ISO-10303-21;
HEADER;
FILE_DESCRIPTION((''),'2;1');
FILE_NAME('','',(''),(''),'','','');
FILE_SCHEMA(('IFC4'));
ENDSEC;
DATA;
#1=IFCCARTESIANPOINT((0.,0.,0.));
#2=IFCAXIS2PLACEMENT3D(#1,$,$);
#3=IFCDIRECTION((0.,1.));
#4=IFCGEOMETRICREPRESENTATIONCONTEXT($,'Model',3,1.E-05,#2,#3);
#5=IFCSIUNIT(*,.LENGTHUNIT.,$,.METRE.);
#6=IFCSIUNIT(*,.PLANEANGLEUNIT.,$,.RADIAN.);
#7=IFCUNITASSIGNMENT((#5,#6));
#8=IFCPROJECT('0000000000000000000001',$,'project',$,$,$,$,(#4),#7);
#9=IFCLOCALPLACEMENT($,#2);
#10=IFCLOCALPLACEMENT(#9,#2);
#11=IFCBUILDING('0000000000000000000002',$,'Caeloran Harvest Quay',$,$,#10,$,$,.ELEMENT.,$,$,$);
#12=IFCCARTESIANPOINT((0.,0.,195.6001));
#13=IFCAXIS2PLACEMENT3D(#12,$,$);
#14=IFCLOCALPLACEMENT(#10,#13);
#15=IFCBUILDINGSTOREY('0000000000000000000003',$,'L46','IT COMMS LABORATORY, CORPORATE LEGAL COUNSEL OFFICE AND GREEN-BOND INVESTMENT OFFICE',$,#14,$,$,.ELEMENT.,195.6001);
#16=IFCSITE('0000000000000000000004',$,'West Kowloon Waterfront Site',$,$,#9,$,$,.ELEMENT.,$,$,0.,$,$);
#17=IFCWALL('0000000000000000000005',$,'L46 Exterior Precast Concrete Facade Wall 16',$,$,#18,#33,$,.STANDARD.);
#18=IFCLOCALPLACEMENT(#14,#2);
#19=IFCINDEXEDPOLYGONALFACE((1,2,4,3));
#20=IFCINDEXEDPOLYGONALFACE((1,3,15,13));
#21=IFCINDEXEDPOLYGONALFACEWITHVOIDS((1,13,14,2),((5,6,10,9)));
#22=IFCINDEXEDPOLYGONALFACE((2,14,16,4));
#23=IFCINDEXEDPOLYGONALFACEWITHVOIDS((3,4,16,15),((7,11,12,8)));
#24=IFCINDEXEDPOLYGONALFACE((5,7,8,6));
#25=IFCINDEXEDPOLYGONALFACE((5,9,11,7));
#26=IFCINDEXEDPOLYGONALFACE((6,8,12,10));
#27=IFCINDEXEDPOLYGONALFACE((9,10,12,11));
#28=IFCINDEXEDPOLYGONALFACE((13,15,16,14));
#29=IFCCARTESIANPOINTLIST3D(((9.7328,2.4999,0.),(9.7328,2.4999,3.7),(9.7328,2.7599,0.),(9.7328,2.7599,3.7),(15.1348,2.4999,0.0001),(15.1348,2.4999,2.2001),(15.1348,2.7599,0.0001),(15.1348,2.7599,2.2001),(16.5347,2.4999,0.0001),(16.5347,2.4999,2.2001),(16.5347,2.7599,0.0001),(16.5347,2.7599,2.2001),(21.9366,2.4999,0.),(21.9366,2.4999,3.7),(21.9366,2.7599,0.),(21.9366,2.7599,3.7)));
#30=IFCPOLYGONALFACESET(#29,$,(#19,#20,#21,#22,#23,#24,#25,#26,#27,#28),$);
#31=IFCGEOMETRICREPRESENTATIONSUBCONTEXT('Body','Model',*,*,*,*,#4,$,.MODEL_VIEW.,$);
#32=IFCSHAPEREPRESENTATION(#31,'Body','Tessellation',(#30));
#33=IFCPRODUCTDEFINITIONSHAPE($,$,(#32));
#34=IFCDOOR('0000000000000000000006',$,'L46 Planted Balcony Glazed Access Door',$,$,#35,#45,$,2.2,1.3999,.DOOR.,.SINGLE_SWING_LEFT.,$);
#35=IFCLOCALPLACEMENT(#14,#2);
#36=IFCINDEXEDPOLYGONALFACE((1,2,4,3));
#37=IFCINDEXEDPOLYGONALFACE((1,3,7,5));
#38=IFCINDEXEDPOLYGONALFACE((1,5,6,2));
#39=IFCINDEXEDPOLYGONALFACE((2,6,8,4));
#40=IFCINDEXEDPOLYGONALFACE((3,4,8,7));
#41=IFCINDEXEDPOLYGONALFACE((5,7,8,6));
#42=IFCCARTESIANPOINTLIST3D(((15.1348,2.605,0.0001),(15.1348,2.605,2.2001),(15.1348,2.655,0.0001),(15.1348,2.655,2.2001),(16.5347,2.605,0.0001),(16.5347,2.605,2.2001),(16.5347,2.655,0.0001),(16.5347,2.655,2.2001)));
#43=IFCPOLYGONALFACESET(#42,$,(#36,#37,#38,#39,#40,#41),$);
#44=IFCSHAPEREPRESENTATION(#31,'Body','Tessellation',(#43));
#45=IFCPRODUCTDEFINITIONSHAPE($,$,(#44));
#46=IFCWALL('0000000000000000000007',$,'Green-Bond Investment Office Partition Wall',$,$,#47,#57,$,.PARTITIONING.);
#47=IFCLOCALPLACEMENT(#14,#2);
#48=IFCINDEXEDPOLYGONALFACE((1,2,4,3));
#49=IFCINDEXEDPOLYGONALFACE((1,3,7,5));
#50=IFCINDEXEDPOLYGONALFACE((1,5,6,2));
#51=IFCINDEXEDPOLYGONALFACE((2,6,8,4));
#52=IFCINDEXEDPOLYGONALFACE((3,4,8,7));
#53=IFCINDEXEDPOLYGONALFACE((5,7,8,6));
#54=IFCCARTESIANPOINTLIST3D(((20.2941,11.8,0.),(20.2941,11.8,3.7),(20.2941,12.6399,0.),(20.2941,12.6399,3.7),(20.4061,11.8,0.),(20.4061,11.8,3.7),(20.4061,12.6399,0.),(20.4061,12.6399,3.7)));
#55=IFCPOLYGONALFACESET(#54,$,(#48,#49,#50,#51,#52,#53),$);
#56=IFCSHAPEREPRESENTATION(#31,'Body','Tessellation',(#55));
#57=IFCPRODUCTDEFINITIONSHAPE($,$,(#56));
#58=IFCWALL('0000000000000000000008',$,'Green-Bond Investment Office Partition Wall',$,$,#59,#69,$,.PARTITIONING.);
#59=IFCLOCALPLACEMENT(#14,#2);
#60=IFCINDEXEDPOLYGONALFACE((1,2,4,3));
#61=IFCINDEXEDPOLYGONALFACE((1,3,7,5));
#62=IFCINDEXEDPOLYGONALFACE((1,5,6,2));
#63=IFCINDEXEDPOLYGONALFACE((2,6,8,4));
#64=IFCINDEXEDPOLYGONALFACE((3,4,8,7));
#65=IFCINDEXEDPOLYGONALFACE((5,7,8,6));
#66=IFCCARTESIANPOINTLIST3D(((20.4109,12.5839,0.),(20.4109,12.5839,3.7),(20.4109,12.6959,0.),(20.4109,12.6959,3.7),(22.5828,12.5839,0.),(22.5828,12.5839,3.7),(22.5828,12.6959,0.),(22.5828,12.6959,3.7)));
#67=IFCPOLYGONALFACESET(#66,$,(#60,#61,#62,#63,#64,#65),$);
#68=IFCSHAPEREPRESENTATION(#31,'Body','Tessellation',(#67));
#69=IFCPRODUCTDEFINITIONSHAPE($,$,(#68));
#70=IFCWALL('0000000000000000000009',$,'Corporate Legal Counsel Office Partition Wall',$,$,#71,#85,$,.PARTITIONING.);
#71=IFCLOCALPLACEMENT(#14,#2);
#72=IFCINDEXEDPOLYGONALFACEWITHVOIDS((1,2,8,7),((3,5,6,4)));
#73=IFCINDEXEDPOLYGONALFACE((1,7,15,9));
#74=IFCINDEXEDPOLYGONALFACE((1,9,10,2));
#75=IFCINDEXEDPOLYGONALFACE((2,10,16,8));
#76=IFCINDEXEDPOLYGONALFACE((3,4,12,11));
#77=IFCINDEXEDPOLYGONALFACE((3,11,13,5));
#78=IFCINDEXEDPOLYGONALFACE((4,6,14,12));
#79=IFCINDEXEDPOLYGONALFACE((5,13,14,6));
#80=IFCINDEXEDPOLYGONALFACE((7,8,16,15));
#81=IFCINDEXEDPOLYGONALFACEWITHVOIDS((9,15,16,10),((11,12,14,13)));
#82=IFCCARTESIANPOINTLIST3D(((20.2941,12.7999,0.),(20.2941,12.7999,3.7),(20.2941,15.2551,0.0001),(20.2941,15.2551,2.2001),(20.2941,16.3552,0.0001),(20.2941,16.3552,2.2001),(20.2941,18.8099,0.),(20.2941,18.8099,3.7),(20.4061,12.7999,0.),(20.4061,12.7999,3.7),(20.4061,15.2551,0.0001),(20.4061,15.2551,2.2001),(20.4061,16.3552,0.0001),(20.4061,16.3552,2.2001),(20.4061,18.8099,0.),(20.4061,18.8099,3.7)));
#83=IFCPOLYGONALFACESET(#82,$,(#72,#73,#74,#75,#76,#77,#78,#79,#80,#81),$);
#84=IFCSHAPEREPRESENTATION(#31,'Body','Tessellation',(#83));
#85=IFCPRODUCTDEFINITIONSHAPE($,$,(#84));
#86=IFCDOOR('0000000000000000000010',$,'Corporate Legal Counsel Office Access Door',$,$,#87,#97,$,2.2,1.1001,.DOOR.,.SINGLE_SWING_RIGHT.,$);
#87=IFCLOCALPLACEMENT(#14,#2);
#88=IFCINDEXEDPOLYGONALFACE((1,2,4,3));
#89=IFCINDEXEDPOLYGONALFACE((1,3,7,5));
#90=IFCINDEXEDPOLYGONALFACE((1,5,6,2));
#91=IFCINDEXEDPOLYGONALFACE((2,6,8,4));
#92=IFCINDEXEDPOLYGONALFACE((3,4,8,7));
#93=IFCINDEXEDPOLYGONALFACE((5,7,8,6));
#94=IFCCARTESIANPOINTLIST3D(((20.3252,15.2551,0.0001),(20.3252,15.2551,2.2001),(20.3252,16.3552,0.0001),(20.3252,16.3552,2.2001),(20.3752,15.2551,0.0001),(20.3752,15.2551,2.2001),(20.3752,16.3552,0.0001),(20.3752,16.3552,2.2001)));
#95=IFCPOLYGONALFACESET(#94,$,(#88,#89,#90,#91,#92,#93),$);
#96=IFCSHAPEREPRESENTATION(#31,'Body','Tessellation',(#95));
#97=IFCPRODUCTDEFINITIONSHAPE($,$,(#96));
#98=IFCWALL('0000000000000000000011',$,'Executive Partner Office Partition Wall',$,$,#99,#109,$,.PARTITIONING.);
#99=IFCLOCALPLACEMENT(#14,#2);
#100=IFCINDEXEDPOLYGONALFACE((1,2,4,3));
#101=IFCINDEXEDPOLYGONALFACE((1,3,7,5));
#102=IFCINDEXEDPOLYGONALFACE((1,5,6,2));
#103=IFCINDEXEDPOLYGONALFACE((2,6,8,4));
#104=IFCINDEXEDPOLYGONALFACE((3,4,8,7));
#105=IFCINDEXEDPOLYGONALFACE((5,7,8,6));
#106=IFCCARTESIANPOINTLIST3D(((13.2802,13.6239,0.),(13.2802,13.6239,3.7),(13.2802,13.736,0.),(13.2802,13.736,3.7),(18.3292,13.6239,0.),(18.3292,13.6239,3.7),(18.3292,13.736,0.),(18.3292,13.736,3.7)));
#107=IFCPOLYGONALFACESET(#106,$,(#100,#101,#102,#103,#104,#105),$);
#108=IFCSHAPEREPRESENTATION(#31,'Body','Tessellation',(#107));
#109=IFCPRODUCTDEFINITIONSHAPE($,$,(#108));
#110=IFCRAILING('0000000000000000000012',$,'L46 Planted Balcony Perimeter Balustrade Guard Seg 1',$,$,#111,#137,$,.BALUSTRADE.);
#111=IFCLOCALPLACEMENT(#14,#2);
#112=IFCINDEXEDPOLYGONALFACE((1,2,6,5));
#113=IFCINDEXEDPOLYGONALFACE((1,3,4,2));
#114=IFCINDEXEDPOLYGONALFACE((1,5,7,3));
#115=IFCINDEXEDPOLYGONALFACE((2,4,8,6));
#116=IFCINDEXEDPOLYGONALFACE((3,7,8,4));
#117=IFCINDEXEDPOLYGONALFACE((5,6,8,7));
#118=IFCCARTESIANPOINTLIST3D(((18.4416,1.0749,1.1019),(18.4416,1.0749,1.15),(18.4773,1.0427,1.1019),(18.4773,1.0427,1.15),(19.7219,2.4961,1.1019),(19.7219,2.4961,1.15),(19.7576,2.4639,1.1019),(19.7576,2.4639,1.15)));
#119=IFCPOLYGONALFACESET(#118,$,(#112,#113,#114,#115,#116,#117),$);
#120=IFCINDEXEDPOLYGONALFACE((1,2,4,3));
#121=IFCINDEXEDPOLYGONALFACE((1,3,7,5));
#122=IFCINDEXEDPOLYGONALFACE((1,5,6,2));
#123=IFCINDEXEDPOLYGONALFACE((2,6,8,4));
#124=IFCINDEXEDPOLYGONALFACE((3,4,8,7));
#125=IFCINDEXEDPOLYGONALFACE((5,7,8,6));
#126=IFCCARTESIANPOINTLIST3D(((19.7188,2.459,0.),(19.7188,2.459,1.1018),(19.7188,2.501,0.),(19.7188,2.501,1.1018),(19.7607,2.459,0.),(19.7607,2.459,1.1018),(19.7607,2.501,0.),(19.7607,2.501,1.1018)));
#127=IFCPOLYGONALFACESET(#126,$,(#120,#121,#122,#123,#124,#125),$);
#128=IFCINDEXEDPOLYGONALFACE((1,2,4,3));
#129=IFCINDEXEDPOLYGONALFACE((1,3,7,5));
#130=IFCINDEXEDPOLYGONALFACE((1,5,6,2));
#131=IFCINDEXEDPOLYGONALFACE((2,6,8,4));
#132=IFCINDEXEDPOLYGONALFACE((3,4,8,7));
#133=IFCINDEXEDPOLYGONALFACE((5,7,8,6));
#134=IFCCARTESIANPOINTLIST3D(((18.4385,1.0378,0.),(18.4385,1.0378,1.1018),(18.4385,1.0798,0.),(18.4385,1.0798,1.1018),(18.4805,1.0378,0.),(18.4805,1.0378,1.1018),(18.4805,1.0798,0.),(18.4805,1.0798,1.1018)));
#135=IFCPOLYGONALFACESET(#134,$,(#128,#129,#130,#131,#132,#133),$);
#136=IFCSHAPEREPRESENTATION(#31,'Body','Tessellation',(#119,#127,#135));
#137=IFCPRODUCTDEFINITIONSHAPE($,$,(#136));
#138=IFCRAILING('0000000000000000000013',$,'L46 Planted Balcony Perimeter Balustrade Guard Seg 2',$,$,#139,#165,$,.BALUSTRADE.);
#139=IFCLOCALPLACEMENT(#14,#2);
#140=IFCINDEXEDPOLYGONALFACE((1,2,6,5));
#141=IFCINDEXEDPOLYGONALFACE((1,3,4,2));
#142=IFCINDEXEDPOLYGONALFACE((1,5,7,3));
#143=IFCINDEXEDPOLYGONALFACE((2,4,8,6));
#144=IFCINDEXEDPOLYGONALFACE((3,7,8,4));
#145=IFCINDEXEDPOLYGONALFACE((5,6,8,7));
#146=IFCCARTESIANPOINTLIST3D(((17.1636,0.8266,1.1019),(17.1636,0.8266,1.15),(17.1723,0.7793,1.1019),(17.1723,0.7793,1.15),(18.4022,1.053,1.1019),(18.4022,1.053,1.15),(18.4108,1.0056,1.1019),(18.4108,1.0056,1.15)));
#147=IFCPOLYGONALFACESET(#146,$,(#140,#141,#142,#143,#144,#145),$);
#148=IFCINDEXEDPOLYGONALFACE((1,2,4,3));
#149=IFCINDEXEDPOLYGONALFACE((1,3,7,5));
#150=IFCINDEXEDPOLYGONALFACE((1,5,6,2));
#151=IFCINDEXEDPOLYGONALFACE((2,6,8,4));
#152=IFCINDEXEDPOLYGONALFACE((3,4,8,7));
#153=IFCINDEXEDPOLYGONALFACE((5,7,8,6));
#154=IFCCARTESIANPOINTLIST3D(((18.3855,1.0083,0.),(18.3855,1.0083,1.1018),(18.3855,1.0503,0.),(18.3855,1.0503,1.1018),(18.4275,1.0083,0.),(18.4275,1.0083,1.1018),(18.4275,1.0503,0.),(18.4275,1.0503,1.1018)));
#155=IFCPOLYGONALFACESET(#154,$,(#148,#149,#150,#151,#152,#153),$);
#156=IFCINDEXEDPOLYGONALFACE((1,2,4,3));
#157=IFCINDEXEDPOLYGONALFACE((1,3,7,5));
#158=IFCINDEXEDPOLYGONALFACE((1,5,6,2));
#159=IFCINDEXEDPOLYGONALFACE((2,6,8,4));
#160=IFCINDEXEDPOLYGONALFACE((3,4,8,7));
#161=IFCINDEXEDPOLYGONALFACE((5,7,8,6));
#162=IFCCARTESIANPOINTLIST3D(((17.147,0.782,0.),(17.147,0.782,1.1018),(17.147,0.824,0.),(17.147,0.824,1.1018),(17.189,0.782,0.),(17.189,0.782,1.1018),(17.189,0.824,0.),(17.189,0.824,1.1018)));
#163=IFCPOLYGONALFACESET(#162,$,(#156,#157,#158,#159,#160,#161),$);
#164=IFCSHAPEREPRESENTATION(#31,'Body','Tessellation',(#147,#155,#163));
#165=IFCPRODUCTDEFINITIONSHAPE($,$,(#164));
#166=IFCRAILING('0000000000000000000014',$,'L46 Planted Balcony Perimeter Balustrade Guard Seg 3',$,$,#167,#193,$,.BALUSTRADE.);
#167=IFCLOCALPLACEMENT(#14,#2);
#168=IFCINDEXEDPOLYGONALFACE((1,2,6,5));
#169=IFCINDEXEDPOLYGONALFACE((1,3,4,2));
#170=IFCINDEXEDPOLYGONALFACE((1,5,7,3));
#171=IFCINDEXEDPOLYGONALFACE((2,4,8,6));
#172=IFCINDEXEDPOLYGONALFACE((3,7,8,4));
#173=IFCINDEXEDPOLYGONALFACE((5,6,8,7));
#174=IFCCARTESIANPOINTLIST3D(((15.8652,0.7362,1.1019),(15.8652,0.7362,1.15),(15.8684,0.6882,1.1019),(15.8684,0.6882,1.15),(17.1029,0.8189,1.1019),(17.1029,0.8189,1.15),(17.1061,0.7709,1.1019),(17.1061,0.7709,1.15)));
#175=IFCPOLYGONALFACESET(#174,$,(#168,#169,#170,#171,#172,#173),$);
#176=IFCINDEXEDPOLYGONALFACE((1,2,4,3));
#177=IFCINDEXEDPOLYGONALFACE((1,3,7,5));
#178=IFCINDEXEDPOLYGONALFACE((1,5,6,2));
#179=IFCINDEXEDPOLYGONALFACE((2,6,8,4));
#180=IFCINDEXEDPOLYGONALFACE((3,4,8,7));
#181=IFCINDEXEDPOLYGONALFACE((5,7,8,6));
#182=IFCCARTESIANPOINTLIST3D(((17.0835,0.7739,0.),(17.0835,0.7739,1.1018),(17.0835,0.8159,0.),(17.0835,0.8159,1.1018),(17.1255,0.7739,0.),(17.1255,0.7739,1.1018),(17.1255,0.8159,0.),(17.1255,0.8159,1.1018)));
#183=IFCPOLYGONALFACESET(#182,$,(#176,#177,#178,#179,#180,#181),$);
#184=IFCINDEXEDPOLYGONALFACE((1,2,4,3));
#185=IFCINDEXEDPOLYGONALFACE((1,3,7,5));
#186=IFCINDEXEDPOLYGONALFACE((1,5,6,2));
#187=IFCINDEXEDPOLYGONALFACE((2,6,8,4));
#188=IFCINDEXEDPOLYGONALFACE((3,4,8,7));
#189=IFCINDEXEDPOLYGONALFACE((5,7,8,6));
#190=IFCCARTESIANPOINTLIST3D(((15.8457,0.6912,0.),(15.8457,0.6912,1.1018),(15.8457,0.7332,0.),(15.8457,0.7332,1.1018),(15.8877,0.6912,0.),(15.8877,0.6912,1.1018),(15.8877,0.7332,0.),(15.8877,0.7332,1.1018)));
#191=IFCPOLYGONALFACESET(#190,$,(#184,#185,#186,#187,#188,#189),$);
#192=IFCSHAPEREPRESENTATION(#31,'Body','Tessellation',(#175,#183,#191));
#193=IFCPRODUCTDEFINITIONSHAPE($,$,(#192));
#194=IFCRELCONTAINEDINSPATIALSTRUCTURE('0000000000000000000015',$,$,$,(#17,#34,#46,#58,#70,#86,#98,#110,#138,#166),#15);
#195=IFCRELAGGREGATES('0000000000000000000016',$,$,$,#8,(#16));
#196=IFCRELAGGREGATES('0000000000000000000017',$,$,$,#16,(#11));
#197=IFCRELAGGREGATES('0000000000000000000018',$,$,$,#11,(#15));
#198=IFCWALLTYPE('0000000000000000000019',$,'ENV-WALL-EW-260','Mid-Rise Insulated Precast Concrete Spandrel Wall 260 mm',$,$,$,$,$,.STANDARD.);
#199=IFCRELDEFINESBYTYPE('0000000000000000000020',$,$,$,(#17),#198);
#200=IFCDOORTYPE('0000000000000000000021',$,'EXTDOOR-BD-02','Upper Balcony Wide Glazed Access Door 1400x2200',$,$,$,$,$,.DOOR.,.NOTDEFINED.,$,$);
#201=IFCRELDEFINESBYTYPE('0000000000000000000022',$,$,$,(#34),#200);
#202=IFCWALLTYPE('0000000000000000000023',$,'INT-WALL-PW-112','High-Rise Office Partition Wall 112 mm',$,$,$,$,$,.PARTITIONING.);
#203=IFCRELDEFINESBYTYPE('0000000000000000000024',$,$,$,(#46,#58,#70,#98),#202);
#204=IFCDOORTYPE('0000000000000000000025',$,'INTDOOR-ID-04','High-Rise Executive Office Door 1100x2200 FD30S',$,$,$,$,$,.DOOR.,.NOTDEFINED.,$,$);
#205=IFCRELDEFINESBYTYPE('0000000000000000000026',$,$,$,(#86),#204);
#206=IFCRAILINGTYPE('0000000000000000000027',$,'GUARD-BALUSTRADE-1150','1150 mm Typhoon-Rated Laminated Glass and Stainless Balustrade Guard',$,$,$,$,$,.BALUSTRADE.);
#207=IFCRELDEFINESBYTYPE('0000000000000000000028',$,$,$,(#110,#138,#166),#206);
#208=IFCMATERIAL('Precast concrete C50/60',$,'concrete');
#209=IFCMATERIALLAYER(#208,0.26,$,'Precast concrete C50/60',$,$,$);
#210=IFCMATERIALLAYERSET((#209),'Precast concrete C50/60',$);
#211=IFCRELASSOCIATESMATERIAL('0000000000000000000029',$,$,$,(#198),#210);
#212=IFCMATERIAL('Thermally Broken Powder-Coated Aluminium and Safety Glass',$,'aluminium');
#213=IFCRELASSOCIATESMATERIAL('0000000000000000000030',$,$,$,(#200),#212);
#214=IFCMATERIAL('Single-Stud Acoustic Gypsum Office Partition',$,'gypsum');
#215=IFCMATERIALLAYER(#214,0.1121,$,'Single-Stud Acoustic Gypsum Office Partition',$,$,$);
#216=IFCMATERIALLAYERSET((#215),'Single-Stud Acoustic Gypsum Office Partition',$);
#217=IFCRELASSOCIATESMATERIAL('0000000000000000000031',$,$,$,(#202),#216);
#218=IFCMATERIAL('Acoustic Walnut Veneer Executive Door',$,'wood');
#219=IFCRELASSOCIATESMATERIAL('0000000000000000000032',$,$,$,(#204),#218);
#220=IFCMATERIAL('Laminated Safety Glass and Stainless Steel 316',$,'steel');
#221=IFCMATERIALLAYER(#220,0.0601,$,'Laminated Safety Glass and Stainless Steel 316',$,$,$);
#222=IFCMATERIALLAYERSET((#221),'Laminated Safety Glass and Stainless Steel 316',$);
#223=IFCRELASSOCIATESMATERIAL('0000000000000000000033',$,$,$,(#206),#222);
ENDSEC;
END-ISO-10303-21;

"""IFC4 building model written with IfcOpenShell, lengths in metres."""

from ifc_helpers import new_model, si_unit, direction, frame, frame_2d, origin, origin_2d, place, context, subcontext, project, spatial, rectangle, extrude, material, layer, layer_set, type_object, element, fill, save


model = new_model("IFC4")

# Units and contexts
model_context = context("Model", 3, precision=1e-05, world=origin(), true_north=direction((0.0, 1.0)))
body_context = subcontext(model_context, "Body", "Model", "MODEL_VIEW")
ifc_project = project(units=[si_unit("LENGTHUNIT", "METRE"), si_unit("PLANEANGLEUNIT", "RADIAN")], contexts=[model_context])

# Site, building, storey
site_placement = place(None, origin())
site = spatial("IfcSite", under=ifc_project, at=site_placement, Name="West Kowloon Waterfront Site", CompositionType="ELEMENT", RefElevation=0.0)
building_placement = place(site_placement, origin())
building = spatial("IfcBuilding", under=site, at=building_placement, Name="Caeloran Harvest Quay", CompositionType="ELEMENT")
storey_placement = place(building_placement, frame((0.0, 0.0, 195.6001)))
storey = spatial("IfcBuildingStorey", under=building, at=storey_placement, Name="L46", Description="IT COMMS LABORATORY, CORPORATE LEGAL COUNSEL OFFICE AND GREEN-BOND INVESTMENT OFFICE", CompositionType="ELEMENT", Elevation=195.6001)

# Shared definitions
ifc_material_1 = material(Name="Precast concrete C50/60", Category="concrete")

# Shared definitions
ifc_layer_1 = layer(ifc_material_1, 0.26, Name="Precast concrete C50/60")
ifc_layer_set_1 = layer_set([ifc_layer_1], Name="Precast concrete C50/60")
wall_type_1 = type_object("IfcWallType", Name="ENV-WALL-EW-260", Description="Mid-Rise Insulated Precast Concrete Spandrel Wall 260 mm", PredefinedType="STANDARD", material=ifc_layer_set_1)

# Wall, opening, door
wall_1_placement = place(storey_placement, frame((21.9368, 2.6299, 0.0), z_axis=(0.0, 0.0, 1.0), x_axis=(-1.0, 0.0, 0.0)))
wall_1 = element("IfcWall", 1, at=wall_1_placement, inside=storey, type_object=wall_type_1, Name="L46 Exterior Precast Concrete Facade Wall 16", PredefinedType="STANDARD", context=body_context, shape_type="SweptSolid", body=[
    extrude(rectangle(XDim=12.2039, YDim=0.26, at=frame_2d((6.1021, 0.0))), origin(), (0.0, 0.0, 1.0), 3.7),
])
opening_1_placement = place(wall_1_placement, frame((5.4021, 0.0, 0.0)))
opening_1 = element("IfcOpeningElement", 2, at=opening_1_placement, cuts=wall_1, PredefinedType="OPENING", context=body_context, shape_type="SweptSolid", body=[
    extrude(rectangle(XDim=1.3999, YDim=2.2, at=frame_2d((0.7, 1.1001))), frame((0.0, 0.1401, 0.0), z_axis=(0.0, -1.0, 0.0), x_axis=(1.0, 0.0, 0.0)), (0.0, 0.0, 1.0), 0.28),
])
ifc_material_2 = material(Name="Thermally Broken Powder-Coated Aluminium and Safety Glass", Category="aluminium")
door_type_1 = type_object("IfcDoorType", Name="EXTDOOR-BD-02", Description="Upper Balcony Wide Glazed Access Door 1400x2200", OperationType="NOTDEFINED", PredefinedType="DOOR", material=ifc_material_2)
door_1_placement = place(opening_1_placement, origin())
door_1 = element("IfcDoor", 3, at=door_1_placement, inside=storey, type_object=door_type_1, Name="L46 Planted Balcony Glazed Access Door", OperationType="SINGLE_SWING_LEFT", OverallHeight=2.2, OverallWidth=1.3999, PredefinedType="DOOR", context=body_context, shape_type="SweptSolid", body=[
    extrude(rectangle(XDim=1.3999, YDim=2.2, at=frame_2d((0.7, 1.1001))), frame((0.0, 0.0249, 0.0), z_axis=(0.0, -1.0, 0.0), x_axis=(1.0, 0.0, 0.0)), (0.0, 0.0, 1.0), 0.05),
])
fill(opening_1, door_1)

# Walls
ifc_material_3 = material(Name="Single-Stud Acoustic Gypsum Office Partition", Category="gypsum")
ifc_layer_2 = layer(ifc_material_3, 0.1121, Name="Single-Stud Acoustic Gypsum Office Partition")
ifc_layer_set_2 = layer_set([ifc_layer_2], Name="Single-Stud Acoustic Gypsum Office Partition")
wall_type_2 = type_object("IfcWallType", Name="INT-WALL-PW-112", Description="High-Rise Office Partition Wall 112 mm", PredefinedType="PARTITIONING", material=ifc_layer_set_2)
wall_2_placement = place(storey_placement, frame((20.3501, 11.8, 0.0), z_axis=(0.0, 0.0, 1.0), x_axis=(0.0, 1.0, 0.0)))
element("IfcWall", 4, at=wall_2_placement, inside=storey, type_object=wall_type_2, Name="Green-Bond Investment Office Partition Wall", PredefinedType="PARTITIONING", context=body_context, shape_type="SweptSolid", body=[
    extrude(rectangle(XDim=0.8398, YDim=0.1121, at=frame_2d((0.4199, 0.0))), origin(), (0.0, 0.0, 1.0), 3.7),
])
wall_3_placement = place(storey_placement, frame((20.4109, 12.6399, 0.0), z_axis=(0.0, 0.0, 1.0), x_axis=(1.0, 0.0, 0.0)))
element("IfcWall", 5, at=wall_3_placement, inside=storey, type_object=wall_type_2, Name="Green-Bond Investment Office Partition Wall", PredefinedType="PARTITIONING", context=body_context, shape_type="SweptSolid", body=[
    extrude(rectangle(XDim=2.1719, YDim=0.1121, at=frame_2d((1.0859, 0.0))), origin(), (0.0, 0.0, 1.0), 3.7),
])

# Wall, opening, door
wall_4_placement = place(storey_placement, frame((20.3501, 12.8, 0.0), z_axis=(0.0, 0.0, 1.0), x_axis=(0.0, 1.0, 0.0)))
wall_4 = element("IfcWall", 6, at=wall_4_placement, inside=storey, type_object=wall_type_2, Name="Corporate Legal Counsel Office Partition Wall", PredefinedType="PARTITIONING", context=body_context, shape_type="SweptSolid", body=[
    extrude(rectangle(XDim=6.01, YDim=0.1121, at=frame_2d((3.0049, 0.0))), origin(), (0.0, 0.0, 1.0), 3.7),
])
opening_2_placement = place(wall_4_placement, frame((2.4551, 0.0, 0.0)))
opening_2 = element("IfcOpeningElement", 7, at=opening_2_placement, cuts=wall_4, PredefinedType="OPENING", context=body_context, shape_type="SweptSolid", body=[
    extrude(rectangle(XDim=1.1001, YDim=2.2, at=frame_2d((0.55, 1.1001))), frame((0.0, 0.0659, 0.0), z_axis=(0.0, -1.0, 0.0), x_axis=(1.0, 0.0, 0.0)), (0.0, 0.0, 1.0), 0.1321),
])
ifc_material_4 = material(Name="Acoustic Walnut Veneer Executive Door", Category="wood")
door_type_2 = type_object("IfcDoorType", Name="INTDOOR-ID-04", Description="High-Rise Executive Office Door 1100x2200 FD30S", OperationType="NOTDEFINED", PredefinedType="DOOR", material=ifc_material_4)
door_2_placement = place(opening_2_placement, origin())
door_2 = element("IfcDoor", 8, at=door_2_placement, inside=storey, type_object=door_type_2, Name="Corporate Legal Counsel Office Access Door", OperationType="SINGLE_SWING_RIGHT", OverallHeight=2.2, OverallWidth=1.1001, PredefinedType="DOOR", context=body_context, shape_type="SweptSolid", body=[
    extrude(rectangle(XDim=1.1001, YDim=2.2, at=frame_2d((0.55, 1.1001))), frame((0.0, 0.0249, 0.0), z_axis=(0.0, -1.0, 0.0), x_axis=(1.0, 0.0, 0.0)), (0.0, 0.0, 1.0), 0.05),
])
fill(opening_2, door_2)

# Wall
wall_5_placement = place(storey_placement, frame((18.3291, 13.6799, 0.0), z_axis=(0.0, 0.0, 1.0), x_axis=(-1.0, 0.0, 0.0)))
element("IfcWall", 9, at=wall_5_placement, inside=storey, type_object=wall_type_2, Name="Executive Partner Office Partition Wall", PredefinedType="PARTITIONING", context=body_context, shape_type="SweptSolid", body=[
    extrude(rectangle(XDim=5.0491, YDim=0.1121, at=frame_2d((2.5244, 0.0))), origin(), (0.0, 0.0, 1.0), 3.7),
])

# Railings
ifc_material_5 = material(Name="Laminated Safety Glass and Stainless Steel 316", Category="steel")
ifc_layer_3 = layer(ifc_material_5, 0.0601, Name="Laminated Safety Glass and Stainless Steel 316")
ifc_layer_set_3 = layer_set([ifc_layer_3], Name="Laminated Safety Glass and Stainless Steel 316")
railing_type = type_object("IfcRailingType", Name="GUARD-BALUSTRADE-1150", Description="1150 mm Typhoon-Rated Laminated Glass and Stainless Balustrade Guard", PredefinedType="BALUSTRADE", material=ifc_layer_set_3)
railing_1_placement = place(storey_placement, frame((19.7397, 2.48, 0.0)))
element("IfcRailing", 10, at=railing_1_placement, inside=storey, type_object=railing_type, Name="L46 Planted Balcony Perimeter Balustrade Guard Seg 1", PredefinedType="BALUSTRADE", context=body_context, shape_type="SweptSolid", body=[
    extrude(rectangle(XDim=0.0481, YDim=0.0481, at=origin_2d()), frame((0.0, 0.0, 1.126), z_axis=(-0.669324, -0.74297, 0.0), x_axis=(0.74297, -0.669324, 0.0)), (0.0, 0.0, 1.0), 1.9128),
    extrude(rectangle(XDim=0.042, YDim=0.042, at=origin_2d()), origin(), (0.0, 0.0, 1.0), 1.1018),
    extrude(rectangle(XDim=0.042, YDim=0.042, at=origin_2d()), frame((-1.2803, -1.4211, 0.0)), (0.0, 0.0, 1.0), 1.1018),
])
railing_2_placement = place(storey_placement, frame((18.4065, 1.0293, 0.0)))
element("IfcRailing", 11, at=railing_2_placement, inside=storey, type_object=railing_type, Name="L46 Planted Balcony Perimeter Balustrade Guard Seg 2", PredefinedType="BALUSTRADE", context=body_context, shape_type="SweptSolid", body=[
    extrude(rectangle(XDim=0.0481, YDim=0.0481, at=origin_2d()), frame((0.0, 0.0, 1.126), z_axis=(-0.983711, -0.179756, 0.0), x_axis=(0.179756, -0.983711, 0.0)), (0.0, 0.0, 1.0), 1.259),
    extrude(rectangle(XDim=0.042, YDim=0.042, at=origin_2d()), origin(), (0.0, 0.0, 1.0), 1.1018),
    extrude(rectangle(XDim=0.042, YDim=0.042, at=origin_2d()), frame((-1.2385, -0.2263, 0.0)), (0.0, 0.0, 1.0), 1.1018),
])
railing_3_placement = place(storey_placement, frame((17.1045, 0.7949, 0.0)))
element("IfcRailing", 12, at=railing_3_placement, inside=storey, type_object=railing_type, Name="L46 Planted Balcony Perimeter Balustrade Guard Seg 3", PredefinedType="BALUSTRADE", context=body_context, shape_type="SweptSolid", body=[
    extrude(rectangle(XDim=0.0481, YDim=0.0481, at=origin_2d()), frame((0.0, 0.0, 1.126), z_axis=(-0.997772, -0.066715, 0.0), x_axis=(0.066715, -0.997772, 0.0)), (0.0, 0.0, 1.0), 1.2405),
    extrude(rectangle(XDim=0.042, YDim=0.042, at=origin_2d()), origin(), (0.0, 0.0, 1.0), 1.1018),
    extrude(rectangle(XDim=0.042, YDim=0.042, at=origin_2d()), frame((-1.2378, -0.0828, 0.0)), (0.0, 0.0, 1.0), 1.1018),
])

save(model, "model.ifc")
